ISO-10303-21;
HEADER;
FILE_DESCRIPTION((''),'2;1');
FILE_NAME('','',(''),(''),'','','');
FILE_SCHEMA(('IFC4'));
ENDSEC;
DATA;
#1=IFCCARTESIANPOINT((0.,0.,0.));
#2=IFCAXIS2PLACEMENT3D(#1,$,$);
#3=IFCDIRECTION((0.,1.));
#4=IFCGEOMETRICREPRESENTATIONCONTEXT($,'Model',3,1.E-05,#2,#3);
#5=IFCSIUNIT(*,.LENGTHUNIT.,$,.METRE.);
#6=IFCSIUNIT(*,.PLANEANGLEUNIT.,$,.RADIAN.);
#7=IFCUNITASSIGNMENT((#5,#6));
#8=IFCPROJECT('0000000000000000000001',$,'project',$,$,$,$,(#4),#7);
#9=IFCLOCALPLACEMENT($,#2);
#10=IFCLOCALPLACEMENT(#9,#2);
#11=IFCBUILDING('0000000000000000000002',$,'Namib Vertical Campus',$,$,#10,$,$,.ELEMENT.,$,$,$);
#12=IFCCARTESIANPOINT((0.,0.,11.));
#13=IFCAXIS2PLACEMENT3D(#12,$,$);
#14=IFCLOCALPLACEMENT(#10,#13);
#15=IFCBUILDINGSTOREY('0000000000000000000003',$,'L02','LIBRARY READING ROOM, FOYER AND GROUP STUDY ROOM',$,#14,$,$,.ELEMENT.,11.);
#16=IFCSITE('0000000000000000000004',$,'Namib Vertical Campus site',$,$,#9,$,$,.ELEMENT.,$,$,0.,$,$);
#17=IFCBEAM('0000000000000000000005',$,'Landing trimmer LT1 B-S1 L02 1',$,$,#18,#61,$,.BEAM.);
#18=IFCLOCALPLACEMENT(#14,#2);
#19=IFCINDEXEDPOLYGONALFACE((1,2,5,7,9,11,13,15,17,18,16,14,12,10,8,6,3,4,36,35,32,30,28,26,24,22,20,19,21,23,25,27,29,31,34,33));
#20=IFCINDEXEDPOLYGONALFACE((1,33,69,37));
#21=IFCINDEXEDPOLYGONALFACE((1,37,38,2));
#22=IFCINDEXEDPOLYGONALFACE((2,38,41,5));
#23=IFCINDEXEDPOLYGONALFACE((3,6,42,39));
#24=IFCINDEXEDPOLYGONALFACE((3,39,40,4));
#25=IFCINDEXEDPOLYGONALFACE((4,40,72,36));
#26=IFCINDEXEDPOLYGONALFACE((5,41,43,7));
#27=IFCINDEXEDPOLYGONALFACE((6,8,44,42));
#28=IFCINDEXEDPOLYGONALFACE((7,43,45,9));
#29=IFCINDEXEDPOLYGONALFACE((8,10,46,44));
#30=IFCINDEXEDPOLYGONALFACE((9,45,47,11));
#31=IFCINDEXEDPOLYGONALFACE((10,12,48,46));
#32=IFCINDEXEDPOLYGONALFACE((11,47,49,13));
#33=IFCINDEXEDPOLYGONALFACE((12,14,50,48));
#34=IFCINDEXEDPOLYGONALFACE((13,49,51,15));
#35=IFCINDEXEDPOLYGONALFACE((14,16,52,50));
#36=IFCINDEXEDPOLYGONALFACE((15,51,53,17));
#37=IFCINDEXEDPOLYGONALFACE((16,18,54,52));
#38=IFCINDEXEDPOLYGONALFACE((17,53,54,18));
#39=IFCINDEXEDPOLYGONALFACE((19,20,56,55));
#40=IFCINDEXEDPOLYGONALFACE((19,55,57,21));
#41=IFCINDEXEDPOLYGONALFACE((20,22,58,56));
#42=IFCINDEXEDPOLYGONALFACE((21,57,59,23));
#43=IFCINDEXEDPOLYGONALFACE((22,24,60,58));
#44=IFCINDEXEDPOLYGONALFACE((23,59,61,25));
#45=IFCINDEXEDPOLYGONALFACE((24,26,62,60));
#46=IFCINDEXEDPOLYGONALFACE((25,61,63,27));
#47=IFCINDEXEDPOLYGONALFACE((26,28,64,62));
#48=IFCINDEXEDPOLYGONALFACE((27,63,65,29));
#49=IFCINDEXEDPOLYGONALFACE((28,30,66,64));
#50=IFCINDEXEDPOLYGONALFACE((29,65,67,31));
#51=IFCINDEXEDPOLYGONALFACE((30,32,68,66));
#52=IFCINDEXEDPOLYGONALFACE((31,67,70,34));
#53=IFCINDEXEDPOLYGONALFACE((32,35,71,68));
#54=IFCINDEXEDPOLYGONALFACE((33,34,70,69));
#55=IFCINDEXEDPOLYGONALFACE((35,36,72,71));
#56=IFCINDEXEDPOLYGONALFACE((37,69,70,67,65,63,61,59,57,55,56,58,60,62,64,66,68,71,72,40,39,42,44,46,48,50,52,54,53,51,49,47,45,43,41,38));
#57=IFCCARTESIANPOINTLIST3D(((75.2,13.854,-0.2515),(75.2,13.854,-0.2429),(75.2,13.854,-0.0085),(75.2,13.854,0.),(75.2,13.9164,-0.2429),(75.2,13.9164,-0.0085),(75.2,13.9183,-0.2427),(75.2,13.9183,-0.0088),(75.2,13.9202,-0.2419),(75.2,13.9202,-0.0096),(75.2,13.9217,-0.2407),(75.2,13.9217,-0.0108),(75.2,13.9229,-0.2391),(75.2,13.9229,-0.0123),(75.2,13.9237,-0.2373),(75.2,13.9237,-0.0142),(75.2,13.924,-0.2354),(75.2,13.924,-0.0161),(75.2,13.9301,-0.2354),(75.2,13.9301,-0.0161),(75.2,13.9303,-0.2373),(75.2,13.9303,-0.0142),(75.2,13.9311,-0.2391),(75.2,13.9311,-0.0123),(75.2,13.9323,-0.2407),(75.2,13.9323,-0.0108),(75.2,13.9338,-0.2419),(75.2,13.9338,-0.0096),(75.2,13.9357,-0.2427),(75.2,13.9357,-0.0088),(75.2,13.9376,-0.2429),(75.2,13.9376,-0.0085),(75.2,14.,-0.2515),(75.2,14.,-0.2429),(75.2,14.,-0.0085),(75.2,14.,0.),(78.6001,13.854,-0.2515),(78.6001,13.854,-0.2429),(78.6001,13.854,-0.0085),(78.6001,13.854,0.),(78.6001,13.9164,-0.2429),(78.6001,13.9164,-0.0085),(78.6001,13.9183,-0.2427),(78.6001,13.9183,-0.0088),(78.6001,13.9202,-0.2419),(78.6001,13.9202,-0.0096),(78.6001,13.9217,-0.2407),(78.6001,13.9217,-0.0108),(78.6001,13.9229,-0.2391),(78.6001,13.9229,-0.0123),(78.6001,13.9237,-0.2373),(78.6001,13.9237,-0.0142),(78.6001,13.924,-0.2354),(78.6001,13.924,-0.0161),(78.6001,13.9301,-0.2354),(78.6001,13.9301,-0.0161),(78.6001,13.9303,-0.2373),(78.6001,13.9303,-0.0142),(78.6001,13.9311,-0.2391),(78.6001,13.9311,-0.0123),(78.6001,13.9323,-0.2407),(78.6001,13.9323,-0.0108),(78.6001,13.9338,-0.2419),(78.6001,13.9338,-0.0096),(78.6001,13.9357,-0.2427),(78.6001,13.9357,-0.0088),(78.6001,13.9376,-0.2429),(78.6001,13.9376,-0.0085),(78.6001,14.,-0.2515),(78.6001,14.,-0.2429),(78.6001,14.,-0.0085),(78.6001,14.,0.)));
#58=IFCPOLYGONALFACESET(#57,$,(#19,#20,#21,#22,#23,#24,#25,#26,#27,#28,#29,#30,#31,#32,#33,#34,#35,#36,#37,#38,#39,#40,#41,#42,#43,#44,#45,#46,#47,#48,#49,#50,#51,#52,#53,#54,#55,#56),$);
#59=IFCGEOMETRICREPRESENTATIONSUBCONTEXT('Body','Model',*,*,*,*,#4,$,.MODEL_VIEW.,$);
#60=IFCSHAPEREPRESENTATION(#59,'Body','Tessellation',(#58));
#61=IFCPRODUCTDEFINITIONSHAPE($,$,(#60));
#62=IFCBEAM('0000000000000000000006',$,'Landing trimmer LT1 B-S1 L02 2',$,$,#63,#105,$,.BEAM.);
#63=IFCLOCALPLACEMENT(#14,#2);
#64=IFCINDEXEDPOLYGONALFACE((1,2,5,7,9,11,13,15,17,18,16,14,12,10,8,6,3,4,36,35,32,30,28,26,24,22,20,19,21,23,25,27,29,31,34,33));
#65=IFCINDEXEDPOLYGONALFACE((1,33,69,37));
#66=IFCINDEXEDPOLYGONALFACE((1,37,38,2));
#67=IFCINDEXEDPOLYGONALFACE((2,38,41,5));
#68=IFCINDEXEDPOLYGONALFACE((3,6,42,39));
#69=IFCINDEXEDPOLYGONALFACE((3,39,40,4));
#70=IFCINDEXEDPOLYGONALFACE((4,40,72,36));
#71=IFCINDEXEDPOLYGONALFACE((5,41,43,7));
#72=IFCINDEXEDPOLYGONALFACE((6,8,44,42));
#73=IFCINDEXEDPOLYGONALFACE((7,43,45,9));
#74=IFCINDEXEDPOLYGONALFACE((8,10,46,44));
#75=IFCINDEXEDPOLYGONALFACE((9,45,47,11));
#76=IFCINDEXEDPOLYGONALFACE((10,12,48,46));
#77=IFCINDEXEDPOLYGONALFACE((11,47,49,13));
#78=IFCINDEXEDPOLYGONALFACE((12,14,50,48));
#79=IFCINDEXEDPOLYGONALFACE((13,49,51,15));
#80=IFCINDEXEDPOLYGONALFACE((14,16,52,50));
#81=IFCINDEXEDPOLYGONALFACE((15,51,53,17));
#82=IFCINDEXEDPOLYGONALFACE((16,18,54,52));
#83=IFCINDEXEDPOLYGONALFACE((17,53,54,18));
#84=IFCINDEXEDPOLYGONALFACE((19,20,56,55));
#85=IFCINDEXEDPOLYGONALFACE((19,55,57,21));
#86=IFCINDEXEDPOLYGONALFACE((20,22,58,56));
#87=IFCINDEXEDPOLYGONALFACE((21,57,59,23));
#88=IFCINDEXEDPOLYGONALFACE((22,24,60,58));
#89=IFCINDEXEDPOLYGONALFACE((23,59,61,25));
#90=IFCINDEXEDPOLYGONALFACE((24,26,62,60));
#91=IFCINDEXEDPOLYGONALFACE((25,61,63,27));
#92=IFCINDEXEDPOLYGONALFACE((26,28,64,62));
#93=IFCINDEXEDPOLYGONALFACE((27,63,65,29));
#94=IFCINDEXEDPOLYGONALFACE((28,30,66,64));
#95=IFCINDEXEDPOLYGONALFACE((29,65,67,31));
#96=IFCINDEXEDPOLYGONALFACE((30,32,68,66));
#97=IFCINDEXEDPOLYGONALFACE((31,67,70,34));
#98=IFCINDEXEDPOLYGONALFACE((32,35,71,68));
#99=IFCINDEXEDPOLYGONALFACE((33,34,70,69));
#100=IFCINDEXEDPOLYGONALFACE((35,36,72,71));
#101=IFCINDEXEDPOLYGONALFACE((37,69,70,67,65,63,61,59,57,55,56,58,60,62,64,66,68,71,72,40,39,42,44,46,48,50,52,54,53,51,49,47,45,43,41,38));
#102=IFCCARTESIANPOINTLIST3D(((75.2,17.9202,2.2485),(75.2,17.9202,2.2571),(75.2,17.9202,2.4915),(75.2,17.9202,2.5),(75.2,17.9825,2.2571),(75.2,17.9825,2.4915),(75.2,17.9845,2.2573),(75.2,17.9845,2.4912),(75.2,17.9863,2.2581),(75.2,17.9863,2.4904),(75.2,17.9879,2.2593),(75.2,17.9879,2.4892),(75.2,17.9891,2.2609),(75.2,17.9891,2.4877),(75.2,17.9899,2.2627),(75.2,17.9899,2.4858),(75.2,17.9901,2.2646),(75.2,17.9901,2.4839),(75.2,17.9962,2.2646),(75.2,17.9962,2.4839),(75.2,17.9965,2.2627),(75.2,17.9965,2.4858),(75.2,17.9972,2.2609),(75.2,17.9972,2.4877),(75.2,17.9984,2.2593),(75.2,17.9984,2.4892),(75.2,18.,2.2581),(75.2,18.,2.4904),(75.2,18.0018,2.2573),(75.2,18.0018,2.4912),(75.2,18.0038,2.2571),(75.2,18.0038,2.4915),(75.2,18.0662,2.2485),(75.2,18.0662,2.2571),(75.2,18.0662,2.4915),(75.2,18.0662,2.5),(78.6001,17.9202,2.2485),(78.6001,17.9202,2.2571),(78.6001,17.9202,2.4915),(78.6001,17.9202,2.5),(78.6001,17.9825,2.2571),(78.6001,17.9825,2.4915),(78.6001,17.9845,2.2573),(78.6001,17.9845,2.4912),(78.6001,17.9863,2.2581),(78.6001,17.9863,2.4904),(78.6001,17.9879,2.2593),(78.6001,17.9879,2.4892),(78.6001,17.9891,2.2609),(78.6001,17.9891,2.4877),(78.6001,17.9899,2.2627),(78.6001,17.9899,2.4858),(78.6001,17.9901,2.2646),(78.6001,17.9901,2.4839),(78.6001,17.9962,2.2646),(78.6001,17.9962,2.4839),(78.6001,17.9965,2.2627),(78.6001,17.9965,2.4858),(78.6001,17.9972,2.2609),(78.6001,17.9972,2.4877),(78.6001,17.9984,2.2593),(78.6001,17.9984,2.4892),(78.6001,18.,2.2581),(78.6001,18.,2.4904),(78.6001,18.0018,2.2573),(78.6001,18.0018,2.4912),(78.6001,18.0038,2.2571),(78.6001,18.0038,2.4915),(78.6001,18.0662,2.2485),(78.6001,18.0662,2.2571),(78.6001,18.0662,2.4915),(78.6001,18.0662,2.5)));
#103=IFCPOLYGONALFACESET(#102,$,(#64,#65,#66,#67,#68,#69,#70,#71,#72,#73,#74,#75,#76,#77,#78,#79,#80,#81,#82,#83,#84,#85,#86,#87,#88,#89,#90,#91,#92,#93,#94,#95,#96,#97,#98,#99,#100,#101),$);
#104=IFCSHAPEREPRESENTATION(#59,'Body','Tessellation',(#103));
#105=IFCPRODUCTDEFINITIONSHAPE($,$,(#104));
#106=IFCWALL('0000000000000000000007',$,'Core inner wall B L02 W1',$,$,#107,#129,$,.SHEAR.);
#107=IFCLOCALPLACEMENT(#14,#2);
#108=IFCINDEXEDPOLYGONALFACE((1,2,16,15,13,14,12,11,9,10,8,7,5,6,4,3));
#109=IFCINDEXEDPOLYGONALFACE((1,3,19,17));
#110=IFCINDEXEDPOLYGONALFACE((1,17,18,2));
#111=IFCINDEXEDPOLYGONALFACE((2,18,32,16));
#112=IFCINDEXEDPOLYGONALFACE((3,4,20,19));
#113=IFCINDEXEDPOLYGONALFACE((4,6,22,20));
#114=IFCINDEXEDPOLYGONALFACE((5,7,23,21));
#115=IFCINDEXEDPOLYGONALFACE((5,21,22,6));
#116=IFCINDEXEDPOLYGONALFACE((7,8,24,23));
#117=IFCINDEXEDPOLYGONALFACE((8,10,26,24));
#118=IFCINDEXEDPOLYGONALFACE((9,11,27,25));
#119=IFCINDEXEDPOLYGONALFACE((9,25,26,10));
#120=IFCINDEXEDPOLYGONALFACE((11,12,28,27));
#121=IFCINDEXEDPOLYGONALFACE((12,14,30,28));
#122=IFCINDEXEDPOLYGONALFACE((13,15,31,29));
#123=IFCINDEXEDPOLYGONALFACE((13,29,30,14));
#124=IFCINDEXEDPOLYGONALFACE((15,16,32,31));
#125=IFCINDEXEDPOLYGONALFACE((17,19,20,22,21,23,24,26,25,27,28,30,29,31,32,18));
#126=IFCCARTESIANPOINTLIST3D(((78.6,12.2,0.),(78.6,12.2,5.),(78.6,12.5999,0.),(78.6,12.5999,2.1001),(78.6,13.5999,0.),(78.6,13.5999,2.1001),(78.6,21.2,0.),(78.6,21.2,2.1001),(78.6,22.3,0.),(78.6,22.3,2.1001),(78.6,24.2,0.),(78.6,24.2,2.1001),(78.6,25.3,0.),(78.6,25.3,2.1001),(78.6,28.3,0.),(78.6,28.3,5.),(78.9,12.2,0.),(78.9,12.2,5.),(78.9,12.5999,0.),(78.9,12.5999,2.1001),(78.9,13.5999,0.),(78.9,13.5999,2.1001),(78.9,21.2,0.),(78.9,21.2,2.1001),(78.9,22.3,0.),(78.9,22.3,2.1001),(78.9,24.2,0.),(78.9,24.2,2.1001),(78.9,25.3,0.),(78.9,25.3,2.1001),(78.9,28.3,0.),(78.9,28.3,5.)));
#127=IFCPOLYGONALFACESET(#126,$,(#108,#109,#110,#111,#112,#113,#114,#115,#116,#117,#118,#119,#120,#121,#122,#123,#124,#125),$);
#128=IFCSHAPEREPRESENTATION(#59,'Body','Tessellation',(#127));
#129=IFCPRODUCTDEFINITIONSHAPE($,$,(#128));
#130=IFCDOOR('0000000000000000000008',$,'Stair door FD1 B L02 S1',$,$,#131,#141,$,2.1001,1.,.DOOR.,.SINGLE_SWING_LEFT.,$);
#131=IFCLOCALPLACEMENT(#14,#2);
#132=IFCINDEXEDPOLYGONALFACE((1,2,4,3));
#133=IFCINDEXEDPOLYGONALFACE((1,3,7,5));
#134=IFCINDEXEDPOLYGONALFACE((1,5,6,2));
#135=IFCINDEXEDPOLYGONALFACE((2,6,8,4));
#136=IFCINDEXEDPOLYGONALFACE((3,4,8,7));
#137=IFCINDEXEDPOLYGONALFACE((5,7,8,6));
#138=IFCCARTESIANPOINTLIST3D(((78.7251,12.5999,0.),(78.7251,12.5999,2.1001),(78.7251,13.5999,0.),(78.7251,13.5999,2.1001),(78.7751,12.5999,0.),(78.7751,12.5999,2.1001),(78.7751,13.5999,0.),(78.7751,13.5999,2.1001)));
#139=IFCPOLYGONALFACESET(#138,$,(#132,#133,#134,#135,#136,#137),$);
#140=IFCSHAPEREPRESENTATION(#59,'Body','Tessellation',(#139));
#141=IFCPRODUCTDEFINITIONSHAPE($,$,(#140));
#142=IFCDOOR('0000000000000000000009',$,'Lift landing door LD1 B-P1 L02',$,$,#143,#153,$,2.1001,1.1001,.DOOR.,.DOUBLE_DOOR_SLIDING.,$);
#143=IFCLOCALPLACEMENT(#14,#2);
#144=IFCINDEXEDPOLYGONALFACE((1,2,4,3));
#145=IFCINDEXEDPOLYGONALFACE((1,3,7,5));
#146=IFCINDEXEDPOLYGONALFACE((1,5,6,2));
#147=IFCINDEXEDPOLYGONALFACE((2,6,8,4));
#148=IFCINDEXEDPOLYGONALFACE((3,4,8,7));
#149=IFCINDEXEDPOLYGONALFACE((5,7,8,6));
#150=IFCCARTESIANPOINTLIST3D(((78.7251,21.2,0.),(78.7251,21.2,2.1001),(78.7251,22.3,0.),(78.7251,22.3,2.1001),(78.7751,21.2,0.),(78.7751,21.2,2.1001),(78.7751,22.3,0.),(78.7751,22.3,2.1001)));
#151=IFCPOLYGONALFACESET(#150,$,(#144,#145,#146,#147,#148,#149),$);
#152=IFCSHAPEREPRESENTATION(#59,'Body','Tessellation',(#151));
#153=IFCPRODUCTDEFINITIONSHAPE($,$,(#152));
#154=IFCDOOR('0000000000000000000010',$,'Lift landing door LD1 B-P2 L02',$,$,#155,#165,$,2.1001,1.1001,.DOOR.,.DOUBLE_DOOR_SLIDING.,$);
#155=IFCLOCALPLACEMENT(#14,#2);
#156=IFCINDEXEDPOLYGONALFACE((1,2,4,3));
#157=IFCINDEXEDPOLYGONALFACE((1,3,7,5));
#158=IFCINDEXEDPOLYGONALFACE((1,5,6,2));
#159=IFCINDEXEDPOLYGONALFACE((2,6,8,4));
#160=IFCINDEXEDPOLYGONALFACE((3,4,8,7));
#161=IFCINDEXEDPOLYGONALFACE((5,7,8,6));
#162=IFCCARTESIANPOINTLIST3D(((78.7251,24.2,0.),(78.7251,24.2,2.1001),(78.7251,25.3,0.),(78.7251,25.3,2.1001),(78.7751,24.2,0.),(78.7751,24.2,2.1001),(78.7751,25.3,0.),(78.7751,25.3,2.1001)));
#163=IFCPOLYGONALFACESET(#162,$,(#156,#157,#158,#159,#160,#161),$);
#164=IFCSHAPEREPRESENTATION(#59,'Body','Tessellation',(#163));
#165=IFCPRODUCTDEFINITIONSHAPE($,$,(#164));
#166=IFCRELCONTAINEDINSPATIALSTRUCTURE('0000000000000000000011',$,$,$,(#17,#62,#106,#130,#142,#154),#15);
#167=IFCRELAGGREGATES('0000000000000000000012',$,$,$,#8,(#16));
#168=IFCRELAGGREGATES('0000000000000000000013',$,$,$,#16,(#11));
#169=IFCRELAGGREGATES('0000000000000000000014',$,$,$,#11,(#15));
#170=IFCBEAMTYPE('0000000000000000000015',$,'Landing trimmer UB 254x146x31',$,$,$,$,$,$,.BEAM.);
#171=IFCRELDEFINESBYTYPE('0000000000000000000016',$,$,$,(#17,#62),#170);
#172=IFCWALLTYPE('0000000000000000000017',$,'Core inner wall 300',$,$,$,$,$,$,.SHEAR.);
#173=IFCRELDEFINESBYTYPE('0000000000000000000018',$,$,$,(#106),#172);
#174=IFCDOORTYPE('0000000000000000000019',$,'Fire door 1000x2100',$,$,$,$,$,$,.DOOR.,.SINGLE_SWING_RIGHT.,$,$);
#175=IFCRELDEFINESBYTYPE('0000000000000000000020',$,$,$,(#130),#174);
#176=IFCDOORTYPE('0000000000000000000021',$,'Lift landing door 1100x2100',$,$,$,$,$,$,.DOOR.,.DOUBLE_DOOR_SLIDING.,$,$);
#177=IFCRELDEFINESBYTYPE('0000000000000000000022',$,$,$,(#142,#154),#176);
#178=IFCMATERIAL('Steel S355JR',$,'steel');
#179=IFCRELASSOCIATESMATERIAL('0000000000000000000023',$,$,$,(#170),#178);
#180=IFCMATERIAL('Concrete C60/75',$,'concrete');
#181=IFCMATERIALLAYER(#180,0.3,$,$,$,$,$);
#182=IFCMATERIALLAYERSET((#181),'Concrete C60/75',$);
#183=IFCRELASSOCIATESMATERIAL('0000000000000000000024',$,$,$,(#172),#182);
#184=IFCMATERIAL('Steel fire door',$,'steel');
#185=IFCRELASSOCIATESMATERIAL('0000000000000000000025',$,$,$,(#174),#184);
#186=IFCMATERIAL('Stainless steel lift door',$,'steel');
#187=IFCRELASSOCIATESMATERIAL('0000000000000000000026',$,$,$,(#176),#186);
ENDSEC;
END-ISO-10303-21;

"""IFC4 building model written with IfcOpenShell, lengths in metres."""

from ifc_helpers import new_model, si_unit, direction, frame, frame_2d, origin, origin_2d, place, context, subcontext, project, spatial, rectangle, i_section, extrude, material, layer, layer_set, material_profile, profile_set, type_object, element, fill, save


model = new_model("IFC4")

# Units and contexts
model_context = context("Model", 3, precision=1e-05, world=origin(), true_north=direction((0.0, 1.0)))
body_context = subcontext(model_context, "Body", "Model", "MODEL_VIEW")
ifc_project = project(units=[si_unit("LENGTHUNIT", "METRE"), si_unit("PLANEANGLEUNIT", "RADIAN")], contexts=[model_context])

# Site, building, storey
site_placement = place(None, origin())
site = spatial("IfcSite", under=ifc_project, at=site_placement, Name="Namib Vertical Campus site", CompositionType="ELEMENT", RefElevation=0.0)
building_placement = place(site_placement, origin())
building = spatial("IfcBuilding", under=site, at=building_placement, Name="Namib Vertical Campus", CompositionType="ELEMENT")
storey_placement = place(building_placement, frame((0.0, 0.0, 11.0)))
storey = spatial("IfcBuildingStorey", under=building, at=storey_placement, Name="L02", Description="LIBRARY READING ROOM, FOYER AND GROUP STUDY ROOM", CompositionType="ELEMENT", Elevation=11.0)

# Beams
ifc_material_1 = material(Name="Steel S355JR", Category="steel")
ifc_material_profile = material_profile(ifc_material_1, i_section(OverallWidth=0.146, OverallDepth=0.2515, WebThickness=0.0061, FlangeThickness=0.0085, FilletRadius=0.0076, at=origin_2d()))
ifc_profile_set = profile_set([ifc_material_profile], Name="Steel S355JR")
beam_type = type_object("IfcBeamType", Name="Landing trimmer UB 254x146x31", PredefinedType="BEAM", material=ifc_profile_set)
for number, where, z_axis, x_axis, name in (
    (1, (75.2, 13.927, -0.1257), (1.0, 0.0, 0.0), (0.0, 1.0, 0.0), "Landing trimmer LT1 B-S1 L02 1"),
    (2, (75.2, 17.9932, 2.3743), (1.0, 0.0, 0.0), (0.0, 1.0, 0.0), "Landing trimmer LT1 B-S1 L02 2"),
):
    element("IfcBeam", number, at=place(storey_placement, frame(where, z_axis=z_axis, x_axis=x_axis)), inside=storey, type_object=beam_type, Name=name, PredefinedType="BEAM", context=body_context, shape_type="SweptSolid", body=[
        extrude(i_section(OverallWidth=0.146, OverallDepth=0.2515, WebThickness=0.0061, FlangeThickness=0.0085, FilletRadius=0.0076, at=origin_2d()), origin(), (0.0, 0.0, 1.0), 3.4001),
    ])

# Wall, openings, doors
ifc_material_2 = material(Name="Concrete C60/75", Category="concrete")
ifc_layer_1 = layer(ifc_material_2, 0.3)
ifc_layer_set_1 = layer_set([ifc_layer_1], Name="Concrete C60/75")
wall_type_1 = type_object("IfcWallType", Name="Core inner wall 300", PredefinedType="SHEAR", material=ifc_layer_set_1)
wall_1_placement = place(storey_placement, frame((78.75, 12.2, 0.0), z_axis=(0.0, 0.0, 1.0), x_axis=(0.0, 1.0, 0.0)))
wall_1 = element("IfcWall", 3, at=wall_1_placement, inside=storey, type_object=wall_type_1, Name="Core inner wall B L02 W1", PredefinedType="SHEAR", context=body_context, shape_type="SweptSolid", body=[
    extrude(rectangle(XDim=16.1001, YDim=0.3, at=frame_2d((8.05, 0.0))), origin(), (0.0, 0.0, 1.0), 5.0),
])
opening_1_placement = place(wall_1_placement, frame((0.3999, 0.0, 0.0)))
opening_1 = element("IfcOpeningElement", 4, at=opening_1_placement, cuts=wall_1, PredefinedType="OPENING", context=body_context, shape_type="SweptSolid", body=[
    extrude(rectangle(XDim=1.0, YDim=2.1001, at=frame_2d((0.5, 1.05))), frame((0.0, 0.1599, 0.0), z_axis=(0.0, -1.0, 0.0), x_axis=(1.0, 0.0, 0.0)), (0.0, 0.0, 1.0), 0.3201),
])
opening_2_placement = place(wall_1_placement, frame((9.0, 0.0, 0.0)))
opening_2 = element("IfcOpeningElement", 5, at=opening_2_placement, cuts=wall_1, PredefinedType="OPENING", context=body_context, shape_type="SweptSolid", body=[
    extrude(rectangle(XDim=1.1001, YDim=2.1001, at=frame_2d((0.55, 1.05))), frame((0.0, 0.1599, 0.0), z_axis=(0.0, -1.0, 0.0), x_axis=(1.0, 0.0, 0.0)), (0.0, 0.0, 1.0), 0.3201),
])
opening_3_placement = place(wall_1_placement, frame((12.0, 0.0, 0.0)))
opening_3 = element("IfcOpeningElement", 6, at=opening_3_placement, cuts=wall_1, PredefinedType="OPENING", context=body_context, shape_type="SweptSolid", body=[
    extrude(rectangle(XDim=1.1001, YDim=2.1001, at=frame_2d((0.55, 1.05))), frame((0.0, 0.1599, 0.0), z_axis=(0.0, -1.0, 0.0), x_axis=(1.0, 0.0, 0.0)), (0.0, 0.0, 1.0), 0.3201),
])
ifc_material_3 = material(Name="Steel fire door", Category="steel")
door_type_1 = type_object("IfcDoorType", Name="Fire door 1000x2100", OperationType="SINGLE_SWING_RIGHT", PredefinedType="DOOR", material=ifc_material_3)
door_1_placement = place(opening_1_placement, origin())
door_1 = element("IfcDoor", 7, at=door_1_placement, inside=storey, type_object=door_type_1, Name="Stair door FD1 B L02 S1", OperationType="SINGLE_SWING_LEFT", OverallHeight=2.1001, OverallWidth=1.0, PredefinedType="DOOR", context=body_context, shape_type="SweptSolid", body=[
    extrude(rectangle(XDim=1.0, YDim=2.1001, at=frame_2d((0.5, 1.05))), frame((0.0, 0.0249, 0.0), z_axis=(0.0, -1.0, 0.0), x_axis=(1.0, 0.0, 0.0)), (0.0, 0.0, 1.0), 0.05),
])
fill(opening_1, door_1)
ifc_material_4 = material(Name="Stainless steel lift door", Category="steel")
door_type_2 = type_object("IfcDoorType", Name="Lift landing door 1100x2100", OperationType="DOUBLE_DOOR_SLIDING", PredefinedType="DOOR", material=ifc_material_4)
door_2_placement = place(opening_2_placement, origin())
door_2 = element("IfcDoor", 8, at=door_2_placement, inside=storey, type_object=door_type_2, Name="Lift landing door LD1 B-P1 L02", OperationType="DOUBLE_DOOR_SLIDING", OverallHeight=2.1001, OverallWidth=1.1001, PredefinedType="DOOR", context=body_context, shape_type="SweptSolid", body=[
    extrude(rectangle(XDim=1.1001, YDim=2.1001, at=frame_2d((0.55, 1.05))), frame((0.0, 0.0249, 0.0), z_axis=(0.0, -1.0, 0.0), x_axis=(1.0, 0.0, 0.0)), (0.0, 0.0, 1.0), 0.05),
])
fill(opening_2, door_2)
door_3_placement = place(opening_3_placement, origin())
door_3 = element("IfcDoor", 9, at=door_3_placement, inside=storey, type_object=door_type_2, Name="Lift landing door LD1 B-P2 L02", OperationType="DOUBLE_DOOR_SLIDING", OverallHeight=2.1001, OverallWidth=1.1001, PredefinedType="DOOR", context=body_context, shape_type="SweptSolid", body=[
    extrude(rectangle(XDim=1.1001, YDim=2.1001, at=frame_2d((0.55, 1.05))), frame((0.0, 0.0249, 0.0), z_axis=(0.0, -1.0, 0.0), x_axis=(1.0, 0.0, 0.0)), (0.0, 0.0, 1.0), 0.05),
])
fill(opening_3, door_3)

save(model, "model.ifc")
